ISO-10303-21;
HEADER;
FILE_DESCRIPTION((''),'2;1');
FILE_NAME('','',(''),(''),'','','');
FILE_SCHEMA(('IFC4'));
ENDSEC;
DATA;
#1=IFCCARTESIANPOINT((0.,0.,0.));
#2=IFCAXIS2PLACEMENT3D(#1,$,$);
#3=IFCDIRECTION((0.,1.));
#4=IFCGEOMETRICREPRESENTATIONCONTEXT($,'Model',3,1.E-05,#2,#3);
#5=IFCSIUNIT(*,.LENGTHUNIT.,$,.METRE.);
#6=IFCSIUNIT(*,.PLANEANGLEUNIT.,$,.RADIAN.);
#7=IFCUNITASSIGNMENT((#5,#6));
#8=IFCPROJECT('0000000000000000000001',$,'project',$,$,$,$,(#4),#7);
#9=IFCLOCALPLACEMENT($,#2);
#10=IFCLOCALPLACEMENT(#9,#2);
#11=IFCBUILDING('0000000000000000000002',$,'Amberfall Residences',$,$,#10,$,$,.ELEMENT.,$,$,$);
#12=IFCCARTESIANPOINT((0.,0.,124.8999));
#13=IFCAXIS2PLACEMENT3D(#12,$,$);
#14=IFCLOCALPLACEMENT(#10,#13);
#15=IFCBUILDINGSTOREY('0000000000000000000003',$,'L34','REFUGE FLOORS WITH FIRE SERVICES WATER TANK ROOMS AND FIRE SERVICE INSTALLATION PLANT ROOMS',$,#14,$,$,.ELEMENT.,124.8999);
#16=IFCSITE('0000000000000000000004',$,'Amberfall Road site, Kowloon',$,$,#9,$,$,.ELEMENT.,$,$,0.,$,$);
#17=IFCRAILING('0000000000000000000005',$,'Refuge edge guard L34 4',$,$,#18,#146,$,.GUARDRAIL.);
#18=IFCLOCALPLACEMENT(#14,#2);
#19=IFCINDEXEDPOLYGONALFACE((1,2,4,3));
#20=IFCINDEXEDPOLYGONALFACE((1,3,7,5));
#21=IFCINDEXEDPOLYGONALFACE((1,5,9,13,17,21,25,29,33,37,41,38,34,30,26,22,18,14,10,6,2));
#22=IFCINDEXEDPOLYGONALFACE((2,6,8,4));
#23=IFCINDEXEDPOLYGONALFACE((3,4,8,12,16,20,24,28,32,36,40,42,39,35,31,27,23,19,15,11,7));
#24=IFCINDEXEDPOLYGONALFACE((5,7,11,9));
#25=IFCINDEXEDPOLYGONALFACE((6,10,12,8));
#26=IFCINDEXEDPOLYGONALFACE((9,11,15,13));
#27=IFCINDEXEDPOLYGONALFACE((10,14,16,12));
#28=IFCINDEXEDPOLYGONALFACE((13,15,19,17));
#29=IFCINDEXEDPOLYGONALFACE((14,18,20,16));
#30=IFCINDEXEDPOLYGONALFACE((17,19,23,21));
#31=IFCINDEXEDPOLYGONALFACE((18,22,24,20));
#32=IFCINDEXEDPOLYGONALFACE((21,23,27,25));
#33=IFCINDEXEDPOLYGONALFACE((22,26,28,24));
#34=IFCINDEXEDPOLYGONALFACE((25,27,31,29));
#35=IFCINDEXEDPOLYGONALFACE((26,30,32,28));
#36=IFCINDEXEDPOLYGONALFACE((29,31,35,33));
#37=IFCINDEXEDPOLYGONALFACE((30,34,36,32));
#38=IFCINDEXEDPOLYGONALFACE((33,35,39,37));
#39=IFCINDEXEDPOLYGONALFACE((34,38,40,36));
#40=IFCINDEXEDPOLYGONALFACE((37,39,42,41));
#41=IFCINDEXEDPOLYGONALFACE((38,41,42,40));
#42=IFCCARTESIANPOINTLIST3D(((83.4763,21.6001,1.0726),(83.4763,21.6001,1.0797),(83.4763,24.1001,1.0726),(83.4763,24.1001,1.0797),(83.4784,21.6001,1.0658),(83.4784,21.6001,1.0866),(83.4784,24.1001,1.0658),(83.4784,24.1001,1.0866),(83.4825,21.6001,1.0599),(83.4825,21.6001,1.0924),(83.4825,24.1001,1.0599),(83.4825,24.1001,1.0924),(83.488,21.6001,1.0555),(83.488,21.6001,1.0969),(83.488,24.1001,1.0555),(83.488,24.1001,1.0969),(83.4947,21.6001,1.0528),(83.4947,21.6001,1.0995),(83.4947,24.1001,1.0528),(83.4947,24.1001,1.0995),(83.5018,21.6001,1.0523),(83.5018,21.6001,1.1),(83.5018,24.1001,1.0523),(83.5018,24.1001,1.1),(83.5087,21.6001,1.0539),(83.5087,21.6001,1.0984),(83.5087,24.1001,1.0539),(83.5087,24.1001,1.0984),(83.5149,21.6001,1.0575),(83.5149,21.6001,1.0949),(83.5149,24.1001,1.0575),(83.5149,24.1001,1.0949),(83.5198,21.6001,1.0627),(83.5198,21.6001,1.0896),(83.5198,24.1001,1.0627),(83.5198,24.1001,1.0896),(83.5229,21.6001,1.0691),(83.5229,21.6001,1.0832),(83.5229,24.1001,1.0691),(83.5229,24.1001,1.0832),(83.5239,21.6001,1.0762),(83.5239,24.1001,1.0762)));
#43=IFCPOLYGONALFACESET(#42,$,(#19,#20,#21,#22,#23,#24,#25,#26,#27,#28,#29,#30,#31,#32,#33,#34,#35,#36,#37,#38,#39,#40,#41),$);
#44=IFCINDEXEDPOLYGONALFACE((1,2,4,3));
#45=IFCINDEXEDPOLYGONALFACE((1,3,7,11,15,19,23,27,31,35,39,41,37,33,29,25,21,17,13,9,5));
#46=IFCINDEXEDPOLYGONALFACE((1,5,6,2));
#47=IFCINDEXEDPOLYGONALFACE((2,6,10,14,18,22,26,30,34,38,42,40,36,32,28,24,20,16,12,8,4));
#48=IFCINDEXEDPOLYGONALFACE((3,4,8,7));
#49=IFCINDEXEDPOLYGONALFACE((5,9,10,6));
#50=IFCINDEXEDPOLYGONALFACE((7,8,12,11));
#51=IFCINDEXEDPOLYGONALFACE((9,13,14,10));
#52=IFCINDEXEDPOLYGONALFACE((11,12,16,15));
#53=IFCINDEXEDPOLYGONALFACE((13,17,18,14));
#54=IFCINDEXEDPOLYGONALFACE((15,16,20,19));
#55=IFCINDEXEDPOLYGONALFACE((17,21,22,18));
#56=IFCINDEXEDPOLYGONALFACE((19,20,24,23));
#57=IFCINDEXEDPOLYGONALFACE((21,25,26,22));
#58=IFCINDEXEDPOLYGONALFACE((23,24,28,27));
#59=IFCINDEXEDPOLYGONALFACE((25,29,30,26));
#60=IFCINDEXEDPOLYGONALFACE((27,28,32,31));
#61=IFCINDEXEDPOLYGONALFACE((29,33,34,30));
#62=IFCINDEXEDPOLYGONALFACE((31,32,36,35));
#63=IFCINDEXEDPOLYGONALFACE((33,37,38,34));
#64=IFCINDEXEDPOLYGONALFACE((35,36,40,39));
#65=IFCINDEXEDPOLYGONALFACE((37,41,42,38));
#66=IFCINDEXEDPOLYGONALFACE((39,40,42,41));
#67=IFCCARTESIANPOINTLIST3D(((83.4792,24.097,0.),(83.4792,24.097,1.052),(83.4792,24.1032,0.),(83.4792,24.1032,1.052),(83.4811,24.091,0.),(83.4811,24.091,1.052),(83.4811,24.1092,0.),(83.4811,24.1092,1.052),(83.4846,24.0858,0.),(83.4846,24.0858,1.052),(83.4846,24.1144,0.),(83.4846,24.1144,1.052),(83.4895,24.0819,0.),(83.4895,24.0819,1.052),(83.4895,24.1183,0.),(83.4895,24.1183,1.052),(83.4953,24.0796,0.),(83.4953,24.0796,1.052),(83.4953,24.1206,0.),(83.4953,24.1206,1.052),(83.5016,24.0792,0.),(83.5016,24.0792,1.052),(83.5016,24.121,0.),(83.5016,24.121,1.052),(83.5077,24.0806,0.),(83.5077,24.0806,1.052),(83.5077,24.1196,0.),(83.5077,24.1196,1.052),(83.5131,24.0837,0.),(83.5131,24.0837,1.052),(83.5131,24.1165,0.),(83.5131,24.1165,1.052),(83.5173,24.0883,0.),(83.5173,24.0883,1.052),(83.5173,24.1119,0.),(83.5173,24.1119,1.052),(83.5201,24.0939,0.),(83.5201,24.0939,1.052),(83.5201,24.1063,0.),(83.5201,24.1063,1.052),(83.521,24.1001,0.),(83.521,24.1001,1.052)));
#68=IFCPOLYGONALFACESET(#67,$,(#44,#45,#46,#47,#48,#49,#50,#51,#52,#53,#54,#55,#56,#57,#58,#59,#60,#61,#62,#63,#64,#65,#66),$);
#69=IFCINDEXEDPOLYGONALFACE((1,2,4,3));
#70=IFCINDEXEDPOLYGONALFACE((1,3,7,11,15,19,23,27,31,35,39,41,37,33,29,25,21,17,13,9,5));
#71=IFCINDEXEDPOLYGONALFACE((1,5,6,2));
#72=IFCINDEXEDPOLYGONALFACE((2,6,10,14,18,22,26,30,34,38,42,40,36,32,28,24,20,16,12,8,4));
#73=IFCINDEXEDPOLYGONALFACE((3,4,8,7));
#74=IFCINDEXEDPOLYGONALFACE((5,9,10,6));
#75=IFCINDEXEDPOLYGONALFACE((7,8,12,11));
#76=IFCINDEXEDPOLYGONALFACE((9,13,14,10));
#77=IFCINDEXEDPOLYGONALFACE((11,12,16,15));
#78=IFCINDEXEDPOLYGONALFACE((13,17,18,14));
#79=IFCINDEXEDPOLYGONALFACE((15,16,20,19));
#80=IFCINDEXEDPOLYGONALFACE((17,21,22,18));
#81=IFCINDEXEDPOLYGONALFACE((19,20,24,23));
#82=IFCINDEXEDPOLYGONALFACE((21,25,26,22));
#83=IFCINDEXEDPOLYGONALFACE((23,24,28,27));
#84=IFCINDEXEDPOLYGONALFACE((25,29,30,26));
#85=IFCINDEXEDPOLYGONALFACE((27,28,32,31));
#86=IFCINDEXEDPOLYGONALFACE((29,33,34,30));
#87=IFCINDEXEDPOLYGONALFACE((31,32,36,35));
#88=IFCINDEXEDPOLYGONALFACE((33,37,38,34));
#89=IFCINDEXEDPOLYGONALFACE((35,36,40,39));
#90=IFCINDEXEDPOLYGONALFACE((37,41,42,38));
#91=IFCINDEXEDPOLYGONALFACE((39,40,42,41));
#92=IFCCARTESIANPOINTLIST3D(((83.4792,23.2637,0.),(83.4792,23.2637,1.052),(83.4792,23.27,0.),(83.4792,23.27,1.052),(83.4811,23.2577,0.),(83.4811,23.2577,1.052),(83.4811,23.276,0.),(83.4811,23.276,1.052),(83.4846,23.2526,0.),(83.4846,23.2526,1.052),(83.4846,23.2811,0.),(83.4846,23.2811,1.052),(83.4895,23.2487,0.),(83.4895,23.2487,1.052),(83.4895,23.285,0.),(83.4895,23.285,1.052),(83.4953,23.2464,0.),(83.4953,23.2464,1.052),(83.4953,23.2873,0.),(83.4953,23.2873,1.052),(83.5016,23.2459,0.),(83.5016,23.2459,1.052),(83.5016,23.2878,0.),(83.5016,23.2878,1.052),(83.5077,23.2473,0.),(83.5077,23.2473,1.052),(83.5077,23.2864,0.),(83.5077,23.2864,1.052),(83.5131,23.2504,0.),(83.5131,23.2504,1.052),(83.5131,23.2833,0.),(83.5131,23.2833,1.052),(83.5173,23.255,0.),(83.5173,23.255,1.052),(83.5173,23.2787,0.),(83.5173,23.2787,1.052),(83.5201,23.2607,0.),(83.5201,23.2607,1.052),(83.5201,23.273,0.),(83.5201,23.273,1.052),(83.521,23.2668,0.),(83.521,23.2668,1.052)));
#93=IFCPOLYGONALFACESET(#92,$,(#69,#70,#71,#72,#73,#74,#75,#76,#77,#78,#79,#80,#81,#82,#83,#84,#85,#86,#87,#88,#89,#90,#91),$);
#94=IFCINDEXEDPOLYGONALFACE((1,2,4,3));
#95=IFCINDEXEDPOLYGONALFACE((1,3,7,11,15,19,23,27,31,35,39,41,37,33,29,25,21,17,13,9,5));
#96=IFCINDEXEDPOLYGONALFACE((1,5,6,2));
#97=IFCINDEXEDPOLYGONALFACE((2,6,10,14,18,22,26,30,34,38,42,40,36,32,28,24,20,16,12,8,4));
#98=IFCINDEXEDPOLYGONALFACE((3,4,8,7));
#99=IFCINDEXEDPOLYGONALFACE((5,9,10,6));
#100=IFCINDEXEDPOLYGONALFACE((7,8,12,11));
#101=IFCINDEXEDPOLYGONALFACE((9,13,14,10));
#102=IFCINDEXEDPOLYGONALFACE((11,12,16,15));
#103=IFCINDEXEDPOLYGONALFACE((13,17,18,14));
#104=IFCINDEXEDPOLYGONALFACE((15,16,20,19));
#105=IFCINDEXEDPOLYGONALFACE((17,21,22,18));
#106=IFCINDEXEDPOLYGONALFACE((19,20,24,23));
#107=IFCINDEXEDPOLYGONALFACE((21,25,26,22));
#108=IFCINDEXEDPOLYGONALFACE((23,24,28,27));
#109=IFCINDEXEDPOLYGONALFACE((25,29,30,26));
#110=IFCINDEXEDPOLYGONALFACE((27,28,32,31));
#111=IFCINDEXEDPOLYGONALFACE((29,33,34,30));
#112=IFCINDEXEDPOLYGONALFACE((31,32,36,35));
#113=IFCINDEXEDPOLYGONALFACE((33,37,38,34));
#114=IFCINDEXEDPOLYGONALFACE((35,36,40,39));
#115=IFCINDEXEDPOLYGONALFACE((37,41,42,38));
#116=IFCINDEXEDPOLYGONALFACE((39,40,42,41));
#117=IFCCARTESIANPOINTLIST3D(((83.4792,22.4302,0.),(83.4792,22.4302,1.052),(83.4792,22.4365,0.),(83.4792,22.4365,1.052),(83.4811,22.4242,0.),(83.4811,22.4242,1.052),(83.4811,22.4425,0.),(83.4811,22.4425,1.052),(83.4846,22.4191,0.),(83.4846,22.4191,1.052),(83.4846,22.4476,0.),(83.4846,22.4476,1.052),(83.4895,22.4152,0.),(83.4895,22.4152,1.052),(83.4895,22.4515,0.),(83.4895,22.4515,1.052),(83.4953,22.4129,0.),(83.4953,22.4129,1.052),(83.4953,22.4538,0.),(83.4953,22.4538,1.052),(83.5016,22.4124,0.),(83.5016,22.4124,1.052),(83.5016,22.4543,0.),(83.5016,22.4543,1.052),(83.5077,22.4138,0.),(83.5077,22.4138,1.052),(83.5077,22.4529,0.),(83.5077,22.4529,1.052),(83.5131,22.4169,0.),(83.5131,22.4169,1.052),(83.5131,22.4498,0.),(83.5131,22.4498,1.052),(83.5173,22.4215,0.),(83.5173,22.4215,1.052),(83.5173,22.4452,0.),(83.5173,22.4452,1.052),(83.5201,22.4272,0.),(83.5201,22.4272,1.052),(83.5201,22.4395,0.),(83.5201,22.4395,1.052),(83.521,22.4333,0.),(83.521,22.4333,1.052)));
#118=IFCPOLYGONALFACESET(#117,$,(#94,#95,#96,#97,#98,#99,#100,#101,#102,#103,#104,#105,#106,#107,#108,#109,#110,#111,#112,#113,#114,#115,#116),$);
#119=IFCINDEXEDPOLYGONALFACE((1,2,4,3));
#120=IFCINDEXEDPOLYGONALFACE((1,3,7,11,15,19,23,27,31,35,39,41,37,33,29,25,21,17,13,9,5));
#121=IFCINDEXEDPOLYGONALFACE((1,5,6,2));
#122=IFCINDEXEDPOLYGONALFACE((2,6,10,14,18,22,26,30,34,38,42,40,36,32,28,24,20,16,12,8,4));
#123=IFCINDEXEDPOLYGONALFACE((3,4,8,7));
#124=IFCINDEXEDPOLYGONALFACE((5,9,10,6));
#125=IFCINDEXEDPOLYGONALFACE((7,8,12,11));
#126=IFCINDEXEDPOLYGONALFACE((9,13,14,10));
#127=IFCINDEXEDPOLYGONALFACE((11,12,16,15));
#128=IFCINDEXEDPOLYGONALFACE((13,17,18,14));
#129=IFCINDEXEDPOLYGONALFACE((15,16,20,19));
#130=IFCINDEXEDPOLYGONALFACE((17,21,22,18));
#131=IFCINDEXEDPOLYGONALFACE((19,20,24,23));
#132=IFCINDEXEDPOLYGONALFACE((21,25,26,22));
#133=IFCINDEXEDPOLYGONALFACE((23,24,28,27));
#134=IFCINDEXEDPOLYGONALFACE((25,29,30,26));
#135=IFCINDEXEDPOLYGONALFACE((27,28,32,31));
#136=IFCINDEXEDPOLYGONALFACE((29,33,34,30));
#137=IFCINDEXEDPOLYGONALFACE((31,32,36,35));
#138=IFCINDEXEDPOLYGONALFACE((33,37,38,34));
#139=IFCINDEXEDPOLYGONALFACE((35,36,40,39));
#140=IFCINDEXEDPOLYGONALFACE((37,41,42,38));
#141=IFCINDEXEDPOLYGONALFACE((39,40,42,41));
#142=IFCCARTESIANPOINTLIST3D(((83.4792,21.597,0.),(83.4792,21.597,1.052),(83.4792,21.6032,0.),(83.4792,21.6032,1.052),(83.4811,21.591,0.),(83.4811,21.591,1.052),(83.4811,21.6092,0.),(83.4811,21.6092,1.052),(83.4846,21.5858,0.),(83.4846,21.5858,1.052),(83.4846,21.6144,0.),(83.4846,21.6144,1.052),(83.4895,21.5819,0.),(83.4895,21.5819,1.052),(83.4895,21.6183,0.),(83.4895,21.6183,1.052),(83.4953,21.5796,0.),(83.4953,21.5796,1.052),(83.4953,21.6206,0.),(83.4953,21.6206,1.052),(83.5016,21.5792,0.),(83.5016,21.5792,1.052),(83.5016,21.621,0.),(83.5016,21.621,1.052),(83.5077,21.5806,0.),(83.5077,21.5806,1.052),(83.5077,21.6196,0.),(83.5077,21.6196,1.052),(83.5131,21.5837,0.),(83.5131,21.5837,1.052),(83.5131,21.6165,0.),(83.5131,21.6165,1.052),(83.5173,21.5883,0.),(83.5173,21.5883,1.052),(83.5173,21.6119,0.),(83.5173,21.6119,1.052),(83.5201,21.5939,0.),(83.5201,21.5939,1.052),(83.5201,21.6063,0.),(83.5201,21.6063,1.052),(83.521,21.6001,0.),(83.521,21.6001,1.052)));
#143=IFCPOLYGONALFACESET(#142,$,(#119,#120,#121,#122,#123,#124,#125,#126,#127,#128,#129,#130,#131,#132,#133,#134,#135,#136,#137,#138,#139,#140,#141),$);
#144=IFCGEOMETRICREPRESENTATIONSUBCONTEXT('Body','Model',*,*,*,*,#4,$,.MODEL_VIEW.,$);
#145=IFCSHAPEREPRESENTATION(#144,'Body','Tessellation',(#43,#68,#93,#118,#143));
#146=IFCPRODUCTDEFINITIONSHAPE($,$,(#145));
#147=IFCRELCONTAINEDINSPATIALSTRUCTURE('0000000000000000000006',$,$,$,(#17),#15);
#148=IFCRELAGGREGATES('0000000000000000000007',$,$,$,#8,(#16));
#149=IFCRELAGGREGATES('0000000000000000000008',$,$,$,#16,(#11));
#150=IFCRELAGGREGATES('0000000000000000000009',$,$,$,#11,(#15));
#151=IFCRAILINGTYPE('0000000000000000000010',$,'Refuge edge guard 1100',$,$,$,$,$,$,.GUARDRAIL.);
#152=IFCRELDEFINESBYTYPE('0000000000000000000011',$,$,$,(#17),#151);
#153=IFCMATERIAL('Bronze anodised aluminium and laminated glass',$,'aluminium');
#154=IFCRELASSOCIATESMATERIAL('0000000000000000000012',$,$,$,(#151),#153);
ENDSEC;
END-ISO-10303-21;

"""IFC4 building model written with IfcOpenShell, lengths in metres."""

from ifc_helpers import new_model, si_unit, direction, frame, origin, origin_2d, place, context, subcontext, project, spatial, circle, extrude, material, type_object, element, save


model = new_model("IFC4")

# Units and contexts
model_context = context("Model", 3, precision=1e-05, world=origin(), true_north=direction((0.0, 1.0)))
body_context = subcontext(model_context, "Body", "Model", "MODEL_VIEW")
ifc_project = project(units=[si_unit("LENGTHUNIT", "METRE"), si_unit("PLANEANGLEUNIT", "RADIAN")], contexts=[model_context])

# Site, building, storey
site_placement = place(None, origin())
site = spatial("IfcSite", under=ifc_project, at=site_placement, Name="Amberfall Road site, Kowloon", CompositionType="ELEMENT", RefElevation=0.0)
building_placement = place(site_placement, origin())
building = spatial("IfcBuilding", under=site, at=building_placement, Name="Amberfall Residences", CompositionType="ELEMENT")
storey_placement = place(building_placement, frame((0.0, 0.0, 124.8999)))
storey = spatial("IfcBuildingStorey", under=building, at=storey_placement, Name="L34", Description="REFUGE FLOORS WITH FIRE SERVICES WATER TANK ROOMS AND FIRE SERVICE INSTALLATION PLANT ROOMS", CompositionType="ELEMENT", Elevation=124.8999)

# Railing
ifc_material_1 = material(Name="Bronze anodised aluminium and laminated glass", Category="aluminium")
railing_type = type_object("IfcRailingType", Name="Refuge edge guard 1100", PredefinedType="GUARDRAIL", material=ifc_material_1)
railing_1_placement = place(storey_placement, frame((83.5, 24.1001, 0.0)))
element("IfcRailing", 1, at=railing_1_placement, inside=storey, type_object=railing_type, Name="Refuge edge guard L34 4", PredefinedType="GUARDRAIL", context=body_context, shape_type="SweptSolid", body=[
    extrude(circle(Radius=0.0239, at=origin_2d()), frame((0.0, 0.0, 1.0762), z_axis=(0.0, -1.0, 0.0), x_axis=(1.0, 0.0, 0.0)), (0.0, 0.0, 1.0), 2.5),
    extrude(circle(Radius=0.021, at=origin_2d()), origin(), (0.0, 0.0, 1.0), 1.052),
    extrude(circle(Radius=0.021, at=origin_2d()), frame((0.0, -0.8333, 0.0)), (0.0, 0.0, 1.0), 1.052),
    extrude(circle(Radius=0.021, at=origin_2d()), frame((0.0, -1.6667, 0.0)), (0.0, 0.0, 1.0), 1.052),
    extrude(circle(Radius=0.021, at=origin_2d()), frame((0.0, -2.5, 0.0)), (0.0, 0.0, 1.0), 1.052),
])

save(model, "model.ifc")
